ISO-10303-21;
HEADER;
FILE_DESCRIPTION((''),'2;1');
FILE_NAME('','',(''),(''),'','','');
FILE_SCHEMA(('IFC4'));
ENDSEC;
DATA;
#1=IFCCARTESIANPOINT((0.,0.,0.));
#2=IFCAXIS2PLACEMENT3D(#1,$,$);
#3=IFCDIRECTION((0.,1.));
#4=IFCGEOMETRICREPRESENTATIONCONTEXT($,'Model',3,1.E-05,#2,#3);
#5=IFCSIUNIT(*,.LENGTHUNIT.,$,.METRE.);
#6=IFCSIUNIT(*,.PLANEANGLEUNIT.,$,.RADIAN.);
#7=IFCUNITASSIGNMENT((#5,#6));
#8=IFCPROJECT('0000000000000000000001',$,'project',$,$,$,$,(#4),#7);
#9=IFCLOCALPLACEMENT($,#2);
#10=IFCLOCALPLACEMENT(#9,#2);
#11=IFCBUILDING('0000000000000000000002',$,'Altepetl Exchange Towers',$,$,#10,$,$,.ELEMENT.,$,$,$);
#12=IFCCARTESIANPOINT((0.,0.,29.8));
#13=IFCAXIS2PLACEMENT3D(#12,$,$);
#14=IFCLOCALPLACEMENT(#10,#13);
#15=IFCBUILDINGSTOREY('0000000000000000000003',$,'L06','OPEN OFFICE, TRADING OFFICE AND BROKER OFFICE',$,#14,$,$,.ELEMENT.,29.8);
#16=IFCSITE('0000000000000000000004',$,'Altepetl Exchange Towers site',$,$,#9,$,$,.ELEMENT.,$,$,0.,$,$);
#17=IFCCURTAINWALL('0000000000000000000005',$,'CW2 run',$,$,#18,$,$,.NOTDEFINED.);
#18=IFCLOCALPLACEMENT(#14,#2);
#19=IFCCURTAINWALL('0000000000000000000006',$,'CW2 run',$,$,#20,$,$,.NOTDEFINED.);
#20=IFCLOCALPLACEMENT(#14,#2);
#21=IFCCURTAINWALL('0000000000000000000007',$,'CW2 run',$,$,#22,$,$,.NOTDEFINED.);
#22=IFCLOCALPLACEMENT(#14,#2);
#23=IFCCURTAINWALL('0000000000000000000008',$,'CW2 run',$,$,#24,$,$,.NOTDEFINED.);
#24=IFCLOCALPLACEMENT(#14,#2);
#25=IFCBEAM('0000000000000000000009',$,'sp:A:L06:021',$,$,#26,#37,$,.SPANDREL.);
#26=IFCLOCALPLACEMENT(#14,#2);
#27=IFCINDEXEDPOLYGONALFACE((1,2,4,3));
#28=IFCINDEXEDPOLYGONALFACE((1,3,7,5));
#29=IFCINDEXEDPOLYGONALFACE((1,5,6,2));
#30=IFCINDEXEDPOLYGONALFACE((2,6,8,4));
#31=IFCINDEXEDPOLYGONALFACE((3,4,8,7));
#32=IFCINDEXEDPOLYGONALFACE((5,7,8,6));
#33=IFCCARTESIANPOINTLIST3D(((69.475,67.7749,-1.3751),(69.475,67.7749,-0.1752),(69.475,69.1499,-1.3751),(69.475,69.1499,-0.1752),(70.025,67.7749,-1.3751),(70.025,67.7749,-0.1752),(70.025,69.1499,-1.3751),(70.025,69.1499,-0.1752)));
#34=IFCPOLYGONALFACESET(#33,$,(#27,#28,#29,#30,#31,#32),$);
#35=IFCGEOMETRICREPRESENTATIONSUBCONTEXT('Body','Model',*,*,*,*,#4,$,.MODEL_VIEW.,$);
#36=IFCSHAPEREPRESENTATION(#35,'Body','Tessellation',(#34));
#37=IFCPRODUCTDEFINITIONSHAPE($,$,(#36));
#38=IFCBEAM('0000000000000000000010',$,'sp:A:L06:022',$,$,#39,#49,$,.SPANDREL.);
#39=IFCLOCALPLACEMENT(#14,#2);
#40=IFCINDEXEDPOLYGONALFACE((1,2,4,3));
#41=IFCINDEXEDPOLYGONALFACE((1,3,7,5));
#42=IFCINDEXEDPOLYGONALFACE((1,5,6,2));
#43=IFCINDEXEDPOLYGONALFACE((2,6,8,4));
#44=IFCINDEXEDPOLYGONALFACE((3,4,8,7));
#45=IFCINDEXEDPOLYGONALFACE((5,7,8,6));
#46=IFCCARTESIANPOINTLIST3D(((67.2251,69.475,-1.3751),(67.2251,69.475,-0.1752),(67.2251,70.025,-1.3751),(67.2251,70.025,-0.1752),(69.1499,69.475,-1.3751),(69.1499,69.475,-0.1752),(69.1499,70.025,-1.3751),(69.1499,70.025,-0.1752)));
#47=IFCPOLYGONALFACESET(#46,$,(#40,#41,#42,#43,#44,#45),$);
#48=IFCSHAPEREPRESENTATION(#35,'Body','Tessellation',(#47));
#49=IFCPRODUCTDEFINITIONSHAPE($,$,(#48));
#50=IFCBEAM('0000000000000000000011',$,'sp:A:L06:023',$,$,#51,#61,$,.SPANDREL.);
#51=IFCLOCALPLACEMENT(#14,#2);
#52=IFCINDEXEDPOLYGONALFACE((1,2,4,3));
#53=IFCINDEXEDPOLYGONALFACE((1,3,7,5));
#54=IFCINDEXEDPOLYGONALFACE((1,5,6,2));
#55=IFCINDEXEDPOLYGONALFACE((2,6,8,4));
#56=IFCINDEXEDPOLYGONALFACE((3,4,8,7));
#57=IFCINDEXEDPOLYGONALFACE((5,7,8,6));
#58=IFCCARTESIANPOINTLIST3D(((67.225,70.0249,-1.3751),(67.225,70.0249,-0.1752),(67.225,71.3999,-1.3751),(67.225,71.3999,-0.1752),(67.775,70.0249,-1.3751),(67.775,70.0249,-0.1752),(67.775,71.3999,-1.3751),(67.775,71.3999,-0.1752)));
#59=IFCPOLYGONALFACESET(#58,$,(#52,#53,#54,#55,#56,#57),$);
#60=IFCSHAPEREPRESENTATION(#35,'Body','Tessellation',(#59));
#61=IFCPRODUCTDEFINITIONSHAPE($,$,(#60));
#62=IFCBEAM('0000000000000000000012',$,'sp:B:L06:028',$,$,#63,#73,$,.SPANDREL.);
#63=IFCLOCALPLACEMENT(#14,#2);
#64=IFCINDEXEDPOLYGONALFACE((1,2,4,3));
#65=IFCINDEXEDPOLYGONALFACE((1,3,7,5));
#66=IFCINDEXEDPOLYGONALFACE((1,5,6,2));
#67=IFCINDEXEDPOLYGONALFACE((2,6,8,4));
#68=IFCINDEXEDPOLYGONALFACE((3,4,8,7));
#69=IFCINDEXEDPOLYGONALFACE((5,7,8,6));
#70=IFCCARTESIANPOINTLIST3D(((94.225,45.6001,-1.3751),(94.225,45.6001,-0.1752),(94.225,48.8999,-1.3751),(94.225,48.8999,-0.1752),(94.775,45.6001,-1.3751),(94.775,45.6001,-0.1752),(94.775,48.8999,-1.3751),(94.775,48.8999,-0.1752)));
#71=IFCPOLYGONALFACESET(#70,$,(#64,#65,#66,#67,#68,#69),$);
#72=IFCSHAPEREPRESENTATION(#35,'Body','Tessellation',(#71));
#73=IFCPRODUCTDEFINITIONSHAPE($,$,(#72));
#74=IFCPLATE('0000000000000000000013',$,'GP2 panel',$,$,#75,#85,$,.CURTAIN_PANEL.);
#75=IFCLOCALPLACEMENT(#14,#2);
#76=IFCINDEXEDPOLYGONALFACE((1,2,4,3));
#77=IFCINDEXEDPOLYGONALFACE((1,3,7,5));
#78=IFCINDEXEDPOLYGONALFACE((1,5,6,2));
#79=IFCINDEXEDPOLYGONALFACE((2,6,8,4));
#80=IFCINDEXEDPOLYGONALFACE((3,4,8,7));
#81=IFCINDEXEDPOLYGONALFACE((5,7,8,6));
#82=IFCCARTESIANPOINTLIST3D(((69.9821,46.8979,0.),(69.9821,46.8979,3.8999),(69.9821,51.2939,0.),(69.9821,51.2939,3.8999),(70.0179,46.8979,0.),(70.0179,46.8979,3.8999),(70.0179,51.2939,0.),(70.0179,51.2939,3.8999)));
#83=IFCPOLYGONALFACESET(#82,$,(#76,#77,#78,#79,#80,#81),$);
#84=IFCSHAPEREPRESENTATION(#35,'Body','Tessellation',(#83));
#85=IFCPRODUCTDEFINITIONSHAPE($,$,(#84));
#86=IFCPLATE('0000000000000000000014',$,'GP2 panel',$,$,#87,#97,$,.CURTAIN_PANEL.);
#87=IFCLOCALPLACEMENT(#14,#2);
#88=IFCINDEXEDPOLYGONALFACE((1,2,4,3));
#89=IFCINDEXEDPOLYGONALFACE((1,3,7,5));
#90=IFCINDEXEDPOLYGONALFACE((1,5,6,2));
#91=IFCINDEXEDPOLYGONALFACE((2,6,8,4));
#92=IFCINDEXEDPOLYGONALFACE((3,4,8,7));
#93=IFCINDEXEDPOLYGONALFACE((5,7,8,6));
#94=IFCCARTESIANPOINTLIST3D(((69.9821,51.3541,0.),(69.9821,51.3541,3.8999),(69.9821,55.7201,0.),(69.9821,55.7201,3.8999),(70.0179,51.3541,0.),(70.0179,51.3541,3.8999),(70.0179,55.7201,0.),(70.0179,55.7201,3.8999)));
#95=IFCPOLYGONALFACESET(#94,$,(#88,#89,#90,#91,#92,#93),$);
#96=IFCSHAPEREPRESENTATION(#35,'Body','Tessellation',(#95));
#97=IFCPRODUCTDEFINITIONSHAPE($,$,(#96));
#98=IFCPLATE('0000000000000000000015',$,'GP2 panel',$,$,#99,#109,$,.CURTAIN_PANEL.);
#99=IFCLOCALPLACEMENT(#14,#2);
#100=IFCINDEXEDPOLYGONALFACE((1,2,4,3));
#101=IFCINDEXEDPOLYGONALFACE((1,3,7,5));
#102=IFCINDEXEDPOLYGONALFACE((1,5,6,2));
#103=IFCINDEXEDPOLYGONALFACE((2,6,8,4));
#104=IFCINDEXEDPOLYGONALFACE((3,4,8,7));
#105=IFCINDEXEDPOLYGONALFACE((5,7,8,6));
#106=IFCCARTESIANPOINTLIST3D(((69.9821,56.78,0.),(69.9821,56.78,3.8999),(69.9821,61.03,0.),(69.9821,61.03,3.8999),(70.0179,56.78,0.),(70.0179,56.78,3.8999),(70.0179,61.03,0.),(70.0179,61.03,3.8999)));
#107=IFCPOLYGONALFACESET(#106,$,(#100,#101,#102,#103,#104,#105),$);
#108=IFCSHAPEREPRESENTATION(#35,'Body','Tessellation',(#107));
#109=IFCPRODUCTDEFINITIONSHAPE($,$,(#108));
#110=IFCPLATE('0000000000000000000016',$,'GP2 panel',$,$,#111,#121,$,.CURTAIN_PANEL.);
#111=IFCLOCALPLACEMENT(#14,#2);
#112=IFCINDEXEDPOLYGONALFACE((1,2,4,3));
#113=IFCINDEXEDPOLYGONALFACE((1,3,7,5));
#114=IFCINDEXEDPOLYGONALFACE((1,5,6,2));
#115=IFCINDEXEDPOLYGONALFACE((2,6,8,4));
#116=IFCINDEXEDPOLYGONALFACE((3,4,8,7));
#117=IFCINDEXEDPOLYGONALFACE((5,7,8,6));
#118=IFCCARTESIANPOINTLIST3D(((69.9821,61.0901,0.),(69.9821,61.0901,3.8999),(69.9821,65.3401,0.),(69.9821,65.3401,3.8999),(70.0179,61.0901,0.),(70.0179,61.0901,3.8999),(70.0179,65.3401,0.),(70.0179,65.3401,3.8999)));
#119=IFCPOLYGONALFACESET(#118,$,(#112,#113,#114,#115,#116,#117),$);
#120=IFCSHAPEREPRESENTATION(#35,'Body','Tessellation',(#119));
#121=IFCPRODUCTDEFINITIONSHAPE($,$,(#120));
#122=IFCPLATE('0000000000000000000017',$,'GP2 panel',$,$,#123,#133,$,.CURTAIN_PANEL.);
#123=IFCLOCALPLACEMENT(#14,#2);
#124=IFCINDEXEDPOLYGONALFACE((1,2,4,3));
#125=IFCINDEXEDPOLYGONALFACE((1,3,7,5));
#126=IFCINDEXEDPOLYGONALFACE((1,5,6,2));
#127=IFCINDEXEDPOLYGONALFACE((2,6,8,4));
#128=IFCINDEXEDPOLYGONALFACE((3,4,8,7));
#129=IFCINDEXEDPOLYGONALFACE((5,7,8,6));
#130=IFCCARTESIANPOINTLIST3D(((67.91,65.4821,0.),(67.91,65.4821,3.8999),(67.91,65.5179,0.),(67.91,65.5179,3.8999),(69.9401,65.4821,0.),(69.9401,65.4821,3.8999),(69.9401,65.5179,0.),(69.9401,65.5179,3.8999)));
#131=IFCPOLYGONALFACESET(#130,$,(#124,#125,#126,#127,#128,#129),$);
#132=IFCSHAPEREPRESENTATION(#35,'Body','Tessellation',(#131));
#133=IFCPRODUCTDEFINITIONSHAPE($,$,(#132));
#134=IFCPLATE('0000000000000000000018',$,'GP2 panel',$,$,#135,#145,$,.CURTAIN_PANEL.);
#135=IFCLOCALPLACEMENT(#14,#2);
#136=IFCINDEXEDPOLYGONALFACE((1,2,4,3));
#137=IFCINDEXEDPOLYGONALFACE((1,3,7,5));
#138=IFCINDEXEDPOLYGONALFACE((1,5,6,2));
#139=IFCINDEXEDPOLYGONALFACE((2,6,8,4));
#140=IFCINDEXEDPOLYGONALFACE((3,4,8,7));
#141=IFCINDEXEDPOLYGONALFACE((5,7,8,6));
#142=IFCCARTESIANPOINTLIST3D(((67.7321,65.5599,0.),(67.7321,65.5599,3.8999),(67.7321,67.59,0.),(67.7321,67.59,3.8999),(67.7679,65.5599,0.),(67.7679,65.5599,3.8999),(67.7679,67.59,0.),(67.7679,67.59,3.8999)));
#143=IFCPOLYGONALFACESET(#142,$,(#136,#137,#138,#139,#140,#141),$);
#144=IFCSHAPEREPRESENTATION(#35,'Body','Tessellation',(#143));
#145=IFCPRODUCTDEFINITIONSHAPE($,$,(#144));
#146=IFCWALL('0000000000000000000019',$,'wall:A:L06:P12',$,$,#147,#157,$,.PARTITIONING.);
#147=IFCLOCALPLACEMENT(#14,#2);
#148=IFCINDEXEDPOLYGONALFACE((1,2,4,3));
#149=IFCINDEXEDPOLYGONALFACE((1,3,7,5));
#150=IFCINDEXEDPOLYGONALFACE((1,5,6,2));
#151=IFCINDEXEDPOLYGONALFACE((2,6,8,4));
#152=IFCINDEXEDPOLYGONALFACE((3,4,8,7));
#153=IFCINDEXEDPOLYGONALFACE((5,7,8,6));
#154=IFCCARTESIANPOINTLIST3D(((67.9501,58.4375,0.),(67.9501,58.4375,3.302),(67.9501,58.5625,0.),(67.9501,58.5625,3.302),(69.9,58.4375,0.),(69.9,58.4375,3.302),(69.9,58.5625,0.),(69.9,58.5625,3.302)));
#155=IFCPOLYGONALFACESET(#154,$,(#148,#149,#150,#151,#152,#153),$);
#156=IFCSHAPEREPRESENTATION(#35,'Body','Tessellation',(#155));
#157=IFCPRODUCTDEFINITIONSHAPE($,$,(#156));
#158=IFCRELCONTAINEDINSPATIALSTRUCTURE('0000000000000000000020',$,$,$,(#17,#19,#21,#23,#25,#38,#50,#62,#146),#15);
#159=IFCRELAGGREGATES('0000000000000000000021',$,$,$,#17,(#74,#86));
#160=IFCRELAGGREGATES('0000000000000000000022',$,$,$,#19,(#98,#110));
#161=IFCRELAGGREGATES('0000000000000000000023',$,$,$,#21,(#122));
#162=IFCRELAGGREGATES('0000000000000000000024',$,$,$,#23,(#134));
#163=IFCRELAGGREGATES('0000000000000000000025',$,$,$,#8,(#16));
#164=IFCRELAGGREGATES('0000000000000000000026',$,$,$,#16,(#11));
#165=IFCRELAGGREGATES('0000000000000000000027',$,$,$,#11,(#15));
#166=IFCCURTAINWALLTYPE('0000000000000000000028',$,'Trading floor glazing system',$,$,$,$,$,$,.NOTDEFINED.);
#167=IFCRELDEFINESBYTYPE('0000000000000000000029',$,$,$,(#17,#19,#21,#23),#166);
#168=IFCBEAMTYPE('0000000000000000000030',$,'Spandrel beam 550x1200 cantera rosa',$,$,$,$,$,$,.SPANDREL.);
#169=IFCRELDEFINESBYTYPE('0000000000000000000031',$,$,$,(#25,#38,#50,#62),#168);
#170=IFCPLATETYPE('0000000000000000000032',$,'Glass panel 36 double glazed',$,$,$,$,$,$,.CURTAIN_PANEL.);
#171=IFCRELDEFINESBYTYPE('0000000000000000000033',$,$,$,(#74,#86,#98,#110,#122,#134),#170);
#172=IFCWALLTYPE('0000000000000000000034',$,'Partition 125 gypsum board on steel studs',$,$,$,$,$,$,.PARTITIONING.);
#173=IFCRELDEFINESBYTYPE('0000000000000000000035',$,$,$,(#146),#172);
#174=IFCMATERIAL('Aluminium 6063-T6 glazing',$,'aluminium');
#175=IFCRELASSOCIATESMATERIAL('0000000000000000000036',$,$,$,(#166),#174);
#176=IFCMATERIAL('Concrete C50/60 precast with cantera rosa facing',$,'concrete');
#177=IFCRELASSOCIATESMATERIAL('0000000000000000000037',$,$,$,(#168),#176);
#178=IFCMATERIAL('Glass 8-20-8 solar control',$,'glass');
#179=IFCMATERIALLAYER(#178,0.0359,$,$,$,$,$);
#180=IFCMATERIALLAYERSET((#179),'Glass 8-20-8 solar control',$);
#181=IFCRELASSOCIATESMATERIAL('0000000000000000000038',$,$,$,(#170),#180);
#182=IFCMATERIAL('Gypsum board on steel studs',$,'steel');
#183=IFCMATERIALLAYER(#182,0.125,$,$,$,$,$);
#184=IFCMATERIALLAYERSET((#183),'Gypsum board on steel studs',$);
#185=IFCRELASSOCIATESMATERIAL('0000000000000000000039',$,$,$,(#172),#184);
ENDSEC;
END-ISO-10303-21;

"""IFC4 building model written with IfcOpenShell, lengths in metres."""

from ifc_helpers import new_model, si_unit, direction, frame, frame_2d, origin, origin_2d, place, context, subcontext, project, spatial, rectangle, extrude, material, layer, layer_set, material_profile, profile_set, type_object, element, aggregate, save


model = new_model("IFC4")

# Units and contexts
model_context = context("Model", 3, precision=1e-05, world=origin(), true_north=direction((0.0, 1.0)))
body_context = subcontext(model_context, "Body", "Model", "MODEL_VIEW")
ifc_project = project(units=[si_unit("LENGTHUNIT", "METRE"), si_unit("PLANEANGLEUNIT", "RADIAN")], contexts=[model_context])

# Site, building, storey
site_placement = place(None, origin())
site = spatial("IfcSite", under=ifc_project, at=site_placement, Name="Altepetl Exchange Towers site", CompositionType="ELEMENT", RefElevation=0.0)
building_placement = place(site_placement, origin())
building = spatial("IfcBuilding", under=site, at=building_placement, Name="Altepetl Exchange Towers", CompositionType="ELEMENT")
storey_placement = place(building_placement, frame((0.0, 0.0, 29.8)))
storey = spatial("IfcBuildingStorey", under=building, at=storey_placement, Name="L06", Description="OPEN OFFICE, TRADING OFFICE AND BROKER OFFICE", CompositionType="ELEMENT", Elevation=29.8)

# Curtain walls
ifc_material_1 = material(Name="Aluminium 6063-T6 glazing", Category="aluminium")
curtain_wall_type = type_object("IfcCurtainWallType", Name="Trading floor glazing system", PredefinedType="NOTDEFINED", material=ifc_material_1)
curtain_wall_1_placement = place(storey_placement, origin())
curtain_wall_1 = element("IfcCurtainWall", 1, at=curtain_wall_1_placement, inside=storey, type_object=curtain_wall_type, Name="CW2 run", PredefinedType="NOTDEFINED")
curtain_wall_2_placement = place(storey_placement, origin())
curtain_wall_2 = element("IfcCurtainWall", 2, at=curtain_wall_2_placement, inside=storey, type_object=curtain_wall_type, Name="CW2 run", PredefinedType="NOTDEFINED")
curtain_wall_3_placement = place(storey_placement, origin())
curtain_wall_3 = element("IfcCurtainWall", 3, at=curtain_wall_3_placement, inside=storey, type_object=curtain_wall_type, Name="CW2 run", PredefinedType="NOTDEFINED")
curtain_wall_4_placement = place(storey_placement, origin())
curtain_wall_4 = element("IfcCurtainWall", 4, at=curtain_wall_4_placement, inside=storey, type_object=curtain_wall_type, Name="CW2 run", PredefinedType="NOTDEFINED")

# Beams
ifc_material_2 = material(Name="Concrete C50/60 precast with cantera rosa facing", Category="concrete")
ifc_material_profile_1 = material_profile(ifc_material_2, rectangle(XDim=0.55, YDim=1.2, at=origin_2d()), Name="550 x 1200")
ifc_profile_set_1 = profile_set([ifc_material_profile_1], Name="Concrete C50/60 precast with cantera rosa facing")
beam_type_1 = type_object("IfcBeamType", Name="Spandrel beam 550x1200 cantera rosa", PredefinedType="SPANDREL", material=ifc_profile_set_1)
beam_1_placement = place(storey_placement, frame((69.75, 67.7749, -0.7751), z_axis=(0.0, 1.0, 0.0), x_axis=(-1.0, 0.0, 0.0)))
element("IfcBeam", 5, at=beam_1_placement, inside=storey, type_object=beam_type_1, Name="sp:A:L06:021", PredefinedType="SPANDREL", context=body_context, shape_type="SweptSolid", body=[
    extrude(rectangle(XDim=0.55, YDim=1.2, at=origin_2d()), origin(), (0.0, 0.0, 1.0), 1.375),
])
beam_2_placement = place(storey_placement, frame((69.1499, 69.75, -0.7751), z_axis=(-1.0, 0.0, 0.0), x_axis=(0.0, -1.0, 0.0)))
element("IfcBeam", 6, at=beam_2_placement, inside=storey, type_object=beam_type_1, Name="sp:A:L06:022", PredefinedType="SPANDREL", context=body_context, shape_type="SweptSolid", body=[
    extrude(rectangle(XDim=0.55, YDim=1.2, at=origin_2d()), origin(), (0.0, 0.0, 1.0), 1.9248),
])
beam_3_placement = place(storey_placement, frame((67.5, 70.0249, -0.7751), z_axis=(0.0, 1.0, 0.0), x_axis=(-1.0, 0.0, 0.0)))
element("IfcBeam", 7, at=beam_3_placement, inside=storey, type_object=beam_type_1, Name="sp:A:L06:023", PredefinedType="SPANDREL", context=body_context, shape_type="SweptSolid", body=[
    extrude(rectangle(XDim=0.55, YDim=1.2, at=origin_2d()), origin(), (0.0, 0.0, 1.0), 1.375),
])
beam_4_placement = place(storey_placement, frame((94.5, 48.8999, -0.7751), z_axis=(0.0, -1.0, 0.0), x_axis=(1.0, 0.0, 0.0)))
element("IfcBeam", 8, at=beam_4_placement, inside=storey, type_object=beam_type_1, Name="sp:B:L06:028", PredefinedType="SPANDREL", context=body_context, shape_type="SweptSolid", body=[
    extrude(rectangle(XDim=0.55, YDim=1.2, at=origin_2d()), origin(), (0.0, 0.0, 1.0), 3.2998),
])

# Plates
ifc_material_3 = material(Name="Glass 8-20-8 solar control", Category="glass")
ifc_layer_1 = layer(ifc_material_3, 0.0359)
ifc_layer_set_1 = layer_set([ifc_layer_1], Name="Glass 8-20-8 solar control")
plate_type = type_object("IfcPlateType", Name="Glass panel 36 double glazed", PredefinedType="CURTAIN_PANEL", material=ifc_layer_set_1)
plate_1_placement = place(storey_placement, frame((70.0, 49.0959, 0.0), z_axis=(0.0, 0.0, 1.0), x_axis=(0.0, 1.0, 0.0)))
plate_1 = element("IfcPlate", 9, at=plate_1_placement, type_object=plate_type, Name="GP2 panel", PredefinedType="CURTAIN_PANEL", context=body_context, shape_type="SweptSolid", body=[
    extrude(rectangle(XDim=4.396, YDim=0.0359, at=origin_2d()), origin(), (0.0, 0.0, 1.0), 3.8999),
])
plate_2_placement = place(storey_placement, frame((70.0, 53.5371, 0.0), z_axis=(0.0, 0.0, 1.0), x_axis=(0.0, 1.0, 0.0)))
plate_2 = element("IfcPlate", 10, at=plate_2_placement, type_object=plate_type, Name="GP2 panel", PredefinedType="CURTAIN_PANEL", context=body_context, shape_type="SweptSolid", body=[
    extrude(rectangle(XDim=4.366, YDim=0.0359, at=origin_2d()), origin(), (0.0, 0.0, 1.0), 3.8999),
])
aggregate(curtain_wall_1, [plate_1, plate_2])
plate_3_placement = place(storey_placement, frame((70.0, 58.905, 0.0), z_axis=(0.0, 0.0, 1.0), x_axis=(0.0, 1.0, 0.0)))
plate_3 = element("IfcPlate", 11, at=plate_3_placement, type_object=plate_type, Name="GP2 panel", PredefinedType="CURTAIN_PANEL", context=body_context, shape_type="SweptSolid", body=[
    extrude(rectangle(XDim=4.25, YDim=0.0359, at=origin_2d()), origin(), (0.0, 0.0, 1.0), 3.8999),
])
plate_4_placement = place(storey_placement, frame((70.0, 63.2151, 0.0), z_axis=(0.0, 0.0, 1.0), x_axis=(0.0, 1.0, 0.0)))
plate_4 = element("IfcPlate", 12, at=plate_4_placement, type_object=plate_type, Name="GP2 panel", PredefinedType="CURTAIN_PANEL", context=body_context, shape_type="SweptSolid", body=[
    extrude(rectangle(XDim=4.25, YDim=0.0359, at=origin_2d()), origin(), (0.0, 0.0, 1.0), 3.8999),
])
aggregate(curtain_wall_2, [plate_3, plate_4])
plate_5_placement = place(storey_placement, frame((68.925, 65.5, 0.0), z_axis=(0.0, 0.0, 1.0), x_axis=(-1.0, 0.0, 0.0)))
plate_5 = element("IfcPlate", 13, at=plate_5_placement, type_object=plate_type, Name="GP2 panel", PredefinedType="CURTAIN_PANEL", context=body_context, shape_type="SweptSolid", body=[
    extrude(rectangle(XDim=2.03, YDim=0.0359, at=origin_2d()), origin(), (0.0, 0.0, 1.0), 3.8999),
])
aggregate(curtain_wall_3, [plate_5])
plate_6_placement = place(storey_placement, frame((67.75, 66.575, 0.0), z_axis=(0.0, 0.0, 1.0), x_axis=(0.0, 1.0, 0.0)))
plate_6 = element("IfcPlate", 14, at=plate_6_placement, type_object=plate_type, Name="GP2 panel", PredefinedType="CURTAIN_PANEL", context=body_context, shape_type="SweptSolid", body=[
    extrude(rectangle(XDim=2.03, YDim=0.0359, at=origin_2d()), origin(), (0.0, 0.0, 1.0), 3.8999),
])
aggregate(curtain_wall_4, [plate_6])

# Wall
ifc_material_4 = material(Name="Gypsum board on steel studs", Category="steel")
ifc_layer_2 = layer(ifc_material_4, 0.125)
ifc_layer_set_2 = layer_set([ifc_layer_2], Name="Gypsum board on steel studs")
wall_type = type_object("IfcWallType", Name="Partition 125 gypsum board on steel studs", PredefinedType="PARTITIONING", material=ifc_layer_set_2)
wall_placement = place(storey_placement, frame((67.95, 58.5, 0.0)))
element("IfcWall", 15, at=wall_placement, inside=storey, type_object=wall_type, Name="wall:A:L06:P12", PredefinedType="PARTITIONING", context=body_context, shape_type="SweptSolid", body=[
    extrude(rectangle(XDim=1.95, YDim=0.125, at=frame_2d((0.9751, 0.0))), origin(), (0.0, 0.0, 1.0), 3.302),
])

save(model, "model.ifc")
